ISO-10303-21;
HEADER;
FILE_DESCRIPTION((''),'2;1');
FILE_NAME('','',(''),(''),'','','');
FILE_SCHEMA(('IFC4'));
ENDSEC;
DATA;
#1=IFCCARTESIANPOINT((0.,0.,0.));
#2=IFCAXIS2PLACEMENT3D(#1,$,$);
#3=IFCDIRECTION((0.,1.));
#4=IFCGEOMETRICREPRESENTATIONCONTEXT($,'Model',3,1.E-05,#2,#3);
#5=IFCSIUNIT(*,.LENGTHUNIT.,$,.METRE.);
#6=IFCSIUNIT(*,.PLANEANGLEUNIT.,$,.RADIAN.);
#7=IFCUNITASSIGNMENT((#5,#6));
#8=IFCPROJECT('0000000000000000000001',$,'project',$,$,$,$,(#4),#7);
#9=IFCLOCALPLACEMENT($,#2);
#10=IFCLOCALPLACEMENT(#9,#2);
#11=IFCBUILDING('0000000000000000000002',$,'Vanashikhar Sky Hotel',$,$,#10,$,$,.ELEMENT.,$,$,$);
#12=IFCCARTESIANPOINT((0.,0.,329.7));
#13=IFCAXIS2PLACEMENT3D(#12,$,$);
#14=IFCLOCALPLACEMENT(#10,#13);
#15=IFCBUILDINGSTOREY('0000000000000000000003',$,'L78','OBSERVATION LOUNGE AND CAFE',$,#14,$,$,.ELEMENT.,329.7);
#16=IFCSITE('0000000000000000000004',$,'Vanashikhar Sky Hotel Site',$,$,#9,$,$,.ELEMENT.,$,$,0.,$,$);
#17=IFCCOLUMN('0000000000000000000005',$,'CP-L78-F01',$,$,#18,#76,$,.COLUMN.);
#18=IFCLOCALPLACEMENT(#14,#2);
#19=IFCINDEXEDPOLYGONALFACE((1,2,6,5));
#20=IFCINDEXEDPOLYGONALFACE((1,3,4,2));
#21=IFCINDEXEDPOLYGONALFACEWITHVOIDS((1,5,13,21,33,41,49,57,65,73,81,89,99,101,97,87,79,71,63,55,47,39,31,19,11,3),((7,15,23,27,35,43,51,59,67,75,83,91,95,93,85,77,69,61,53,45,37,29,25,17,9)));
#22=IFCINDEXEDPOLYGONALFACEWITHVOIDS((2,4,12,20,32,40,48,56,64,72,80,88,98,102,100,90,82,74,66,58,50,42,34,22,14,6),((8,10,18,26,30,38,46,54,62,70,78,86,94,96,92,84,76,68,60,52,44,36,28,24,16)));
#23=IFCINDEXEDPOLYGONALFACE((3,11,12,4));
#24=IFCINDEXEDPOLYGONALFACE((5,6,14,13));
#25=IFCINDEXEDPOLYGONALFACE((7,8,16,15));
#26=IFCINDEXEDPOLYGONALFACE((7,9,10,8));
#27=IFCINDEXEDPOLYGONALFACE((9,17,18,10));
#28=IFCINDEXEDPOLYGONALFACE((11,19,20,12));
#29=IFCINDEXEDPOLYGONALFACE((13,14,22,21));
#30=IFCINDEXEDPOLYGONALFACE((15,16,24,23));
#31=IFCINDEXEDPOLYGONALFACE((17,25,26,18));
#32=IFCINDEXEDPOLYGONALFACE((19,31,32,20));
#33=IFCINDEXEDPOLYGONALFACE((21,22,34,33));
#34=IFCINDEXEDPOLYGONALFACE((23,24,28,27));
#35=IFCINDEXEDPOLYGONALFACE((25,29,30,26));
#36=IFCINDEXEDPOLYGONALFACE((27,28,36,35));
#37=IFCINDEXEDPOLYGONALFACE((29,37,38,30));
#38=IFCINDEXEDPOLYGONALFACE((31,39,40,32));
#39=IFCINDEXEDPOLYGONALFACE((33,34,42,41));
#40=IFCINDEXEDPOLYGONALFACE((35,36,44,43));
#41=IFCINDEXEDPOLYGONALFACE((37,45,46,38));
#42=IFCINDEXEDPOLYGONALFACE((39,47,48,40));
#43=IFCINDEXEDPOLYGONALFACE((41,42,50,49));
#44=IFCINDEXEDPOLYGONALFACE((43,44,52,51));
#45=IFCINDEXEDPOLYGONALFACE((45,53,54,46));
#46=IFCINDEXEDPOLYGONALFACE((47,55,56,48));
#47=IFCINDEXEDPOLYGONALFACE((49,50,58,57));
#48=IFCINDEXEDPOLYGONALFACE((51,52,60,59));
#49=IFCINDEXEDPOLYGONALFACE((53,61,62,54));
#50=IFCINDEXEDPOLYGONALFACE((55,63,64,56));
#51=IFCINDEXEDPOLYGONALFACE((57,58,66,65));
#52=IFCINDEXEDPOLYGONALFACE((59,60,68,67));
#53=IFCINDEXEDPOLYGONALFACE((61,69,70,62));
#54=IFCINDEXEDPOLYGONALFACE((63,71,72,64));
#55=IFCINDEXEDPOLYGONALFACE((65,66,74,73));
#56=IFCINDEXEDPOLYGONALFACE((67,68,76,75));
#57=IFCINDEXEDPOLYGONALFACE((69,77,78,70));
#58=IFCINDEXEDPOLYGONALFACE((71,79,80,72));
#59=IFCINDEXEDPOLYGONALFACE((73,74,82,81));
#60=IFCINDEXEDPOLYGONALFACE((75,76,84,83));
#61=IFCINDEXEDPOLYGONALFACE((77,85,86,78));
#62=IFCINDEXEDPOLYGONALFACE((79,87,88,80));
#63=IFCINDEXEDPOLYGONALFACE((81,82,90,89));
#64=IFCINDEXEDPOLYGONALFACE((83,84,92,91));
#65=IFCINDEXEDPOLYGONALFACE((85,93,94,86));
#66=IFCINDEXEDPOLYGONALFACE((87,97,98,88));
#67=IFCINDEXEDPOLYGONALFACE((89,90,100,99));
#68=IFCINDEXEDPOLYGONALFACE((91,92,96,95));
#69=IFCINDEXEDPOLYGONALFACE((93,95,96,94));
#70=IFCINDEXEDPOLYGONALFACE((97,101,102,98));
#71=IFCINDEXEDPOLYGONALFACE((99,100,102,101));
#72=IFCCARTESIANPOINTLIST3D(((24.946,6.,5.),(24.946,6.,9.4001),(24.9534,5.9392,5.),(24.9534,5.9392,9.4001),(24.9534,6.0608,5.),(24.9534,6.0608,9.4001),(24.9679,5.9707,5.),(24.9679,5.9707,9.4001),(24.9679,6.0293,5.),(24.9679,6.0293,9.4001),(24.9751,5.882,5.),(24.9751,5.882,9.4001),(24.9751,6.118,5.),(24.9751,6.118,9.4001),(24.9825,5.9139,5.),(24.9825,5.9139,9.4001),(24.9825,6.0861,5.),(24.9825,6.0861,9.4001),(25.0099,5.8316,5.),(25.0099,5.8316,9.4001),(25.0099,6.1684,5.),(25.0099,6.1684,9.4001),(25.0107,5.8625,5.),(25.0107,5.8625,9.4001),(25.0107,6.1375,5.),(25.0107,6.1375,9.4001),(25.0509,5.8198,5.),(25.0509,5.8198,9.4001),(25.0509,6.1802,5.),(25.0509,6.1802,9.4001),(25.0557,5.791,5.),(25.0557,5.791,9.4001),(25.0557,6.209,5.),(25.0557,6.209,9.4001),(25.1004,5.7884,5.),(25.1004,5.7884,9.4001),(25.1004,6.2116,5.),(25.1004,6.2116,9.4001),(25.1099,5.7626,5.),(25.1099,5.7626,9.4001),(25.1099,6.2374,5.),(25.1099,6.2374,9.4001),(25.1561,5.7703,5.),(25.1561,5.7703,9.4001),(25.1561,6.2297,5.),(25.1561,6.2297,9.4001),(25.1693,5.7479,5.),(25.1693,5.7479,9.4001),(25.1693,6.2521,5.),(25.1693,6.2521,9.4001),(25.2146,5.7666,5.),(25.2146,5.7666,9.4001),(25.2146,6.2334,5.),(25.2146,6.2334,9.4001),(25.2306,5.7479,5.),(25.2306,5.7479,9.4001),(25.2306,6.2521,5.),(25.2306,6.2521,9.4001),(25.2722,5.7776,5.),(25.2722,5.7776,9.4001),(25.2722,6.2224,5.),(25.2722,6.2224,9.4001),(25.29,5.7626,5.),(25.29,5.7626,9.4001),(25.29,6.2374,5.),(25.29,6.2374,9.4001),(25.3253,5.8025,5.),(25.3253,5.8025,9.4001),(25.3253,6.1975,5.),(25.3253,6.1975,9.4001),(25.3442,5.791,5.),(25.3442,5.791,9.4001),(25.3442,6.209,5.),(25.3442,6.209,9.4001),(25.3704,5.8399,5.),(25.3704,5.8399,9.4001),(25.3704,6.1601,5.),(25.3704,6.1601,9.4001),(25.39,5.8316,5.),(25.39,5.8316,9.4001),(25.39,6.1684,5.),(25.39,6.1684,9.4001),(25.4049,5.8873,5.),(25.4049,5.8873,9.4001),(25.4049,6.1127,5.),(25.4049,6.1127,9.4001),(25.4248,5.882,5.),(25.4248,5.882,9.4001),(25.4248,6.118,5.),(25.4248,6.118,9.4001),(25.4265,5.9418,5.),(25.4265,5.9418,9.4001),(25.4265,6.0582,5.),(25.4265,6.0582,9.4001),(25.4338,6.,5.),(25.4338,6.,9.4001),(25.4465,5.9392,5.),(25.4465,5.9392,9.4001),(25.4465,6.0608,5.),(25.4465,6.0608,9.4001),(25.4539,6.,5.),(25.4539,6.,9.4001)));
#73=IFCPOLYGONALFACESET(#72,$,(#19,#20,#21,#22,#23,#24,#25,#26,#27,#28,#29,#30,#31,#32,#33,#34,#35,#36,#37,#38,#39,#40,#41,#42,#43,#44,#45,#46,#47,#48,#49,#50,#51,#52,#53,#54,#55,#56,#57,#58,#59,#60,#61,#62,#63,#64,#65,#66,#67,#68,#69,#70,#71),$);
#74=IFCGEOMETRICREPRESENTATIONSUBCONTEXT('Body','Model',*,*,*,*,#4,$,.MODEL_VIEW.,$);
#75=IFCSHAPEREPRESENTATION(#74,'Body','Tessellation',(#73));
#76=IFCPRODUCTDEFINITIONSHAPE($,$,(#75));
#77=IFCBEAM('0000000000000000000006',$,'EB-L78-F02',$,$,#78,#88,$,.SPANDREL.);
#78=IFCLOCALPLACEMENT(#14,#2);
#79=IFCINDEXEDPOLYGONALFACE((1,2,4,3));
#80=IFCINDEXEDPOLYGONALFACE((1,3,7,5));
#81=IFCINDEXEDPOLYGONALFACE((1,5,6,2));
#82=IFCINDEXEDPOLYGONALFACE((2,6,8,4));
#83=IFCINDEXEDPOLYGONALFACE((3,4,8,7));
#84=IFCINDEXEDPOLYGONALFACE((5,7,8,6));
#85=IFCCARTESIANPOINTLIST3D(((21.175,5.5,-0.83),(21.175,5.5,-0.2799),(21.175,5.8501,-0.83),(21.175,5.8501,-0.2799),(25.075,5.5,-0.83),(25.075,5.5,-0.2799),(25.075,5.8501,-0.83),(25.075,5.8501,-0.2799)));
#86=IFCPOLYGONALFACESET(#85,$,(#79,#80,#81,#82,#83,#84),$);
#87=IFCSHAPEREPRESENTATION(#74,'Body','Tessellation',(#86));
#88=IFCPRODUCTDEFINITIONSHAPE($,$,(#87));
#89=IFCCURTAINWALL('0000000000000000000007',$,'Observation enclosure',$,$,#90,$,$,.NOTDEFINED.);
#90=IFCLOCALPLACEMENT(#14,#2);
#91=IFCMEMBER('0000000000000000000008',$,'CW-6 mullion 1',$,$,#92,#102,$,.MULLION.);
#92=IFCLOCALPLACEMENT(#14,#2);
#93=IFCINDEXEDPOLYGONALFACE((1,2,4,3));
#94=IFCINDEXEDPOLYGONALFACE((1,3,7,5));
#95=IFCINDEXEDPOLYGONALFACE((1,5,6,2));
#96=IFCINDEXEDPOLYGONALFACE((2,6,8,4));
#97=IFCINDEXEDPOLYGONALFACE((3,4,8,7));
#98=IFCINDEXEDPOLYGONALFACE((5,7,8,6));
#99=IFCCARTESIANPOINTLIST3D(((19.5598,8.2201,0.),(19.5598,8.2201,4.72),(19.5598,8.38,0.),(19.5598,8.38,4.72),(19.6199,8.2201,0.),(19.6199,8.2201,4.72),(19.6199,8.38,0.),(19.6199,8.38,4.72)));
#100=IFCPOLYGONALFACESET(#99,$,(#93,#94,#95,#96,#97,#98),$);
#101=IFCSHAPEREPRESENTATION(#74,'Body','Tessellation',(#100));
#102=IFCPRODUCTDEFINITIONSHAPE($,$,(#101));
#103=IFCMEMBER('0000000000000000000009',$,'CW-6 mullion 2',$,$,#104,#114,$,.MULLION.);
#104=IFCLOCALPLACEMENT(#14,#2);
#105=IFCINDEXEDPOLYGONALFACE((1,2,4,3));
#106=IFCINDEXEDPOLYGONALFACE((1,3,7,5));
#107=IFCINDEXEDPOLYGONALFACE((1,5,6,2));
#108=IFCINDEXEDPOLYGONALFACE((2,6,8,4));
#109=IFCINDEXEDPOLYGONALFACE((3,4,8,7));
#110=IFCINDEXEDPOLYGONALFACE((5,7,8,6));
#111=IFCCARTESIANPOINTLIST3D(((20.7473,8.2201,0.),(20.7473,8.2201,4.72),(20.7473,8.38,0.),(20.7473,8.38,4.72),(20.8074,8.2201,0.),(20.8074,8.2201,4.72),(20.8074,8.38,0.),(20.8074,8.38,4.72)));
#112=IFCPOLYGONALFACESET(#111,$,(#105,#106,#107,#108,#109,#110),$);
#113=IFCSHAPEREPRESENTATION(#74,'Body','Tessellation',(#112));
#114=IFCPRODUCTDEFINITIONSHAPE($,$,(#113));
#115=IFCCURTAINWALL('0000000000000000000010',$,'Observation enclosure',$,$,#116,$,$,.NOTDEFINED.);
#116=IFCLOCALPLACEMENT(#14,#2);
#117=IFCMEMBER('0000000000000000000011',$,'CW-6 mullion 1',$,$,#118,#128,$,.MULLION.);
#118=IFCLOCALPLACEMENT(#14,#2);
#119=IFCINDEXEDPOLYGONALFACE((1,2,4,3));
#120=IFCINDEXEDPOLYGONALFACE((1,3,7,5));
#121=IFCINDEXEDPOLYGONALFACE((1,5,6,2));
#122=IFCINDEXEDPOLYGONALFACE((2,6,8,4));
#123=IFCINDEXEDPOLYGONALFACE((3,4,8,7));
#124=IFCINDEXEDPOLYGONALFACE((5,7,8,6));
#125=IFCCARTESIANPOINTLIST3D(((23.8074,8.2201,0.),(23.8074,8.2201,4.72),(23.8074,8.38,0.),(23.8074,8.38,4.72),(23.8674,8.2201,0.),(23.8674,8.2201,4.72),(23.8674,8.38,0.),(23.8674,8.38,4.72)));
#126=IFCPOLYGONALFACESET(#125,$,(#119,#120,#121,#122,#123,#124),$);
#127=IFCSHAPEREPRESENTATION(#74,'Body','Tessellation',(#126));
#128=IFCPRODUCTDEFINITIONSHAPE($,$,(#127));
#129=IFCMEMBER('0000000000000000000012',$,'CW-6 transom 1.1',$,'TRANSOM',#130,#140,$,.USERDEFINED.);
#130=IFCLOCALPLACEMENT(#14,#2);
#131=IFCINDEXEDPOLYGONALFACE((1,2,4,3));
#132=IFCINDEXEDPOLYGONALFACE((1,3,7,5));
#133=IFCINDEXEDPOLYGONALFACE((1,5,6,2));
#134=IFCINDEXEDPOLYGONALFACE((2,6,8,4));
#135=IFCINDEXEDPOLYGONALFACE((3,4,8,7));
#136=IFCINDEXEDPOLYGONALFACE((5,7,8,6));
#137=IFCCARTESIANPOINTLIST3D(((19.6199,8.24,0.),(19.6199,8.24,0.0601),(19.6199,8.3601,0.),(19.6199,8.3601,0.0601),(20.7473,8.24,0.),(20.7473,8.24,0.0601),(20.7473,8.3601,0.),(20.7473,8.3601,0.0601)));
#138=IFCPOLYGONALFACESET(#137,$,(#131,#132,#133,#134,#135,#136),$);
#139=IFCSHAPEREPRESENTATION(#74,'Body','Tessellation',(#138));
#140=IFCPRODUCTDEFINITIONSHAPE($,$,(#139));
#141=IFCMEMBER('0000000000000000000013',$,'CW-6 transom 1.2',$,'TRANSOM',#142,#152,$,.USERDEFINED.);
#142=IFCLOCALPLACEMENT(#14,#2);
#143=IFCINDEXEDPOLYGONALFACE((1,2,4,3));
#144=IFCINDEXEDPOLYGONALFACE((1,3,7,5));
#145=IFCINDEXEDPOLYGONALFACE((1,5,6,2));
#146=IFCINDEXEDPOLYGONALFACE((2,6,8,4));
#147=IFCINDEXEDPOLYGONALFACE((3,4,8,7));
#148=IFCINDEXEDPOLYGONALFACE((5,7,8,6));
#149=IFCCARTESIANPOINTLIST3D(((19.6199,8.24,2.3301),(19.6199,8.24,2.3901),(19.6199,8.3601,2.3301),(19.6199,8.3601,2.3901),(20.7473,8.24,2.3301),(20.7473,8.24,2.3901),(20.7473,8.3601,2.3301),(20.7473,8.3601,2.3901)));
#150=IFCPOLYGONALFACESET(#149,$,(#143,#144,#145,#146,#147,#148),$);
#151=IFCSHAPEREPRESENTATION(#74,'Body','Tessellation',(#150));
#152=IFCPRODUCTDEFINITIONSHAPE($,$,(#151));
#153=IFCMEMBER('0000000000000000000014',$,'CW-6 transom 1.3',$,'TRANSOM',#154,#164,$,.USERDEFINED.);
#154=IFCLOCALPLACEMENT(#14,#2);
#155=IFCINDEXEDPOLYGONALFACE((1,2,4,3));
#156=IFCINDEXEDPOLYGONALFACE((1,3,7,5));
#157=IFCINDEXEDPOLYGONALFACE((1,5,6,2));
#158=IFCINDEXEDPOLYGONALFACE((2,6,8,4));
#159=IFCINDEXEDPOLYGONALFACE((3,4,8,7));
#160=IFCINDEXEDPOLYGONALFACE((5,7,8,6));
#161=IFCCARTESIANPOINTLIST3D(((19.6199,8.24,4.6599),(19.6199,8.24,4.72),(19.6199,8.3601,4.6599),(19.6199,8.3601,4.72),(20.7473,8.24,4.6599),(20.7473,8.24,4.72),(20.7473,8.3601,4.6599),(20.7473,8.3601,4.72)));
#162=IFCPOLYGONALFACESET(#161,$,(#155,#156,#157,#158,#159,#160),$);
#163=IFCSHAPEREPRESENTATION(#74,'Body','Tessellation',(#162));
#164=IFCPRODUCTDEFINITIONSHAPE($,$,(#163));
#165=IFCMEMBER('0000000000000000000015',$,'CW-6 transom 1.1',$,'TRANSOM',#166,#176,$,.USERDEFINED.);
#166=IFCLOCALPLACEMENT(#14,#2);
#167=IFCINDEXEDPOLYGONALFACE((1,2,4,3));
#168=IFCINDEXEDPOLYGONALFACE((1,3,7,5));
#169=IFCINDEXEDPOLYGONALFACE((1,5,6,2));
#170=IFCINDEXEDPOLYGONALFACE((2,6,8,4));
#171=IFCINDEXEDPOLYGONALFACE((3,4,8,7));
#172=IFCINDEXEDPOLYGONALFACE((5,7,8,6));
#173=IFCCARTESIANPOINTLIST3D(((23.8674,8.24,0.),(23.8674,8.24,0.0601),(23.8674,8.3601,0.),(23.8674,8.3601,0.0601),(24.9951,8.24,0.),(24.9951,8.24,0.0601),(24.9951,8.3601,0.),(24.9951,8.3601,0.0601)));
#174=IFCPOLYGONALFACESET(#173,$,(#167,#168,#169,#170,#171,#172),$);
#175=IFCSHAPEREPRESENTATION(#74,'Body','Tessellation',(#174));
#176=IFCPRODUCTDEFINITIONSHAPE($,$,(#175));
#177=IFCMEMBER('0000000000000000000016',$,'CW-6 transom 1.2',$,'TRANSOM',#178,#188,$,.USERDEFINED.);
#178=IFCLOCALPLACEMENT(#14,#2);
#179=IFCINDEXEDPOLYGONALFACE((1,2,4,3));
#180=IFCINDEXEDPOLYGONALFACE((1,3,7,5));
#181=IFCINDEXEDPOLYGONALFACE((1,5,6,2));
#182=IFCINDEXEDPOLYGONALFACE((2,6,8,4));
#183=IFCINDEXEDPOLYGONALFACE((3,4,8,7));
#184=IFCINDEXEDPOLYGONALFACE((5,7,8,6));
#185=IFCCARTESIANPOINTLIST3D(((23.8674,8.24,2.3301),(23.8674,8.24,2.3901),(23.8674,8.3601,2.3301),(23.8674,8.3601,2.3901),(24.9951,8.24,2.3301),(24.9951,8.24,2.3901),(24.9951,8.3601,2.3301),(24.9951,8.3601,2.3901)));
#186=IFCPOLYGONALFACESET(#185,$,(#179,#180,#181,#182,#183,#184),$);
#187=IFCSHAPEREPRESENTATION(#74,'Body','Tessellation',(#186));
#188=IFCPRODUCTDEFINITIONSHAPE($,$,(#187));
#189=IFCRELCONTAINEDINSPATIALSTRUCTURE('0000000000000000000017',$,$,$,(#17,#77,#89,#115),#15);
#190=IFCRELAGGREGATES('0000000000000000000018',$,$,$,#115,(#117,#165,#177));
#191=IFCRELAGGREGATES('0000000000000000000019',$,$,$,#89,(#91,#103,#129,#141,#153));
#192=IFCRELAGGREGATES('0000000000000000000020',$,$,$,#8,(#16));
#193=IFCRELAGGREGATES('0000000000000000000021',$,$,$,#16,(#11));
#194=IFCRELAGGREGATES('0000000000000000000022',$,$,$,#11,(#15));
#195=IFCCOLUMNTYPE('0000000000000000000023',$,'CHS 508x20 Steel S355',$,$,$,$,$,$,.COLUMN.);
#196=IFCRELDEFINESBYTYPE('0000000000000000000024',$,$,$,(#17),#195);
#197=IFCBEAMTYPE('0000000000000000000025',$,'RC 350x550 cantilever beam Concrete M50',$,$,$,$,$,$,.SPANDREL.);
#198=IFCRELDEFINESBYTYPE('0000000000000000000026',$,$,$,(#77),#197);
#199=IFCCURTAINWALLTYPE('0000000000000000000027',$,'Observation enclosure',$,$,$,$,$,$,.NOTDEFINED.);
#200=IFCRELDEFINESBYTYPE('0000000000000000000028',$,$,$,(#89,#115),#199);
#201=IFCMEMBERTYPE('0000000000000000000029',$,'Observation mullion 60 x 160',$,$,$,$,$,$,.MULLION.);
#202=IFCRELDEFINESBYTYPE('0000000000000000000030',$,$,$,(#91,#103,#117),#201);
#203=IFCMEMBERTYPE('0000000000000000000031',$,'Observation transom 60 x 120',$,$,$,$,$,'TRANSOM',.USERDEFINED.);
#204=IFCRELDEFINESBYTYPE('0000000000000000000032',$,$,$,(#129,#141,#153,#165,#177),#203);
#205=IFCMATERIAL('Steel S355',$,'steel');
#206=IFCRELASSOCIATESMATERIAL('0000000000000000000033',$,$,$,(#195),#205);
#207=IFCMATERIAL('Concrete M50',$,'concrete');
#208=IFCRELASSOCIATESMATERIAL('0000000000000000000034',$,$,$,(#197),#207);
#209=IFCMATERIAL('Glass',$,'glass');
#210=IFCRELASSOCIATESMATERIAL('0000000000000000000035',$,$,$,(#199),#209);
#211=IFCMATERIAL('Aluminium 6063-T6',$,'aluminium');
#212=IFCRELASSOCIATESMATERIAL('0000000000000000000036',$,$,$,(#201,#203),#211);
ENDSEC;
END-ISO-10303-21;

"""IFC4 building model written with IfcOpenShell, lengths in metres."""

from ifc_helpers import new_model, si_unit, direction, frame, origin, origin_2d, place, context, subcontext, project, spatial, rectangle, hollow_circle, extrude, source, transform, mapped, material, material_profile, profile_set, type_object, element, aggregate, save


model = new_model("IFC4")

# Units and contexts
model_context = context("Model", 3, precision=1e-05, world=origin(), true_north=direction((0.0, 1.0)))
body_context = subcontext(model_context, "Body", "Model", "MODEL_VIEW")
ifc_project = project(units=[si_unit("LENGTHUNIT", "METRE"), si_unit("PLANEANGLEUNIT", "RADIAN")], contexts=[model_context])

# Site, building, storey
site_placement = place(None, origin())
site = spatial("IfcSite", under=ifc_project, at=site_placement, Name="Vanashikhar Sky Hotel Site", CompositionType="ELEMENT", RefElevation=0.0)
building_placement = place(site_placement, origin())
building = spatial("IfcBuilding", under=site, at=building_placement, Name="Vanashikhar Sky Hotel", CompositionType="ELEMENT")
storey_placement = place(building_placement, frame((0.0, 0.0, 329.7)))
storey = spatial("IfcBuildingStorey", under=building, at=storey_placement, Name="L78", Description="OBSERVATION LOUNGE AND CAFE", CompositionType="ELEMENT", Elevation=329.7)

# Column
ifc_material_1 = material(Name="Steel S355", Category="steel")
ifc_material_profile_1 = material_profile(ifc_material_1, hollow_circle(Radius=0.2539, WallThickness=0.02, at=origin_2d()))
ifc_profile_set_1 = profile_set([ifc_material_profile_1], Name="CHS 508x20 Steel S355")
column_type = type_object("IfcColumnType", Name="CHS 508x20 Steel S355", PredefinedType="COLUMN", material=ifc_profile_set_1)
shared_shape_1 = source(origin(), body_context, "Body", "SweptSolid", [
    extrude(hollow_circle(Radius=0.2539, WallThickness=0.02, at=origin_2d()), origin(), (0.0, 0.0, 1.0), 4.4001),
])
column_placement = place(storey_placement, frame((25.2, 6.0, 5.0), z_axis=(0.0, 0.0, 1.0), x_axis=(1.0, 0.0, 0.0)))
element("IfcColumn", 1, at=column_placement, inside=storey, type_object=column_type, Name="CP-L78-F01", PredefinedType="COLUMN", context=body_context, shape_type="MappedRepresentation", body=[
    mapped(shared_shape_1, transform((0.0, 0.0, 0.0), scale=1.0)),
])

# Beam
ifc_material_2 = material(Name="Concrete M50", Category="concrete")
ifc_material_profile_2 = material_profile(ifc_material_2, rectangle(XDim=0.3501, YDim=0.55, at=origin_2d()))
ifc_profile_set_2 = profile_set([ifc_material_profile_2], Name="RC 350x550 cantilever beam Concrete M50")
beam_type = type_object("IfcBeamType", Name="RC 350x550 cantilever beam Concrete M50", PredefinedType="SPANDREL", material=ifc_profile_set_2)
shared_shape_2 = source(origin(), body_context, "Body", "SweptSolid", [
    extrude(rectangle(XDim=0.3501, YDim=0.55, at=origin_2d()), origin(), (0.0, 0.0, 1.0), 3.8999),
])
beam_placement = place(storey_placement, frame((21.175, 5.675, -0.5549), z_axis=(1.0, 0.0, 0.0), x_axis=(0.0, 1.0, 0.0)))
element("IfcBeam", 2, at=beam_placement, inside=storey, type_object=beam_type, Name="EB-L78-F02", PredefinedType="SPANDREL", context=body_context, shape_type="MappedRepresentation", body=[
    mapped(shared_shape_2, transform((0.0, 0.0, 0.0), scale=1.0)),
])

# Curtain wall, members
ifc_material_3 = material(Name="Glass", Category="glass")
curtain_wall_type = type_object("IfcCurtainWallType", Name="Observation enclosure", PredefinedType="NOTDEFINED", material=ifc_material_3)
curtain_wall_1_placement = place(storey_placement, origin())
curtain_wall_1 = element("IfcCurtainWall", 3, at=curtain_wall_1_placement, inside=storey, type_object=curtain_wall_type, Name="Observation enclosure", PredefinedType="NOTDEFINED")
ifc_material_4 = material(Name="Aluminium 6063-T6", Category="aluminium")
ifc_material_profile_3 = material_profile(ifc_material_4, rectangle(XDim=0.1599, YDim=0.0601, at=origin_2d()))
ifc_profile_set_3 = profile_set([ifc_material_profile_3], Name="Aluminium 6063-T6")
member_type_1 = type_object("IfcMemberType", Name="Observation mullion 60 x 160", PredefinedType="MULLION", material=ifc_profile_set_3)
shared_shape_3 = source(origin(), body_context, "Body", "SweptSolid", [
    extrude(rectangle(XDim=0.1599, YDim=0.0601, at=origin_2d()), origin(), (0.0, 0.0, 1.0), 4.72),
])
member_1_placement = place(storey_placement, frame((19.5898, 8.3, 0.0), z_axis=(0.0, 0.0, 1.0), x_axis=(0.0, 1.0, 0.0)))
member_1 = element("IfcMember", 4, at=member_1_placement, type_object=member_type_1, Name="CW-6 mullion 1", PredefinedType="MULLION", context=body_context, shape_type="MappedRepresentation", body=[
    mapped(shared_shape_3, transform((0.0, 0.0, 0.0), scale=1.0)),
])
member_2_placement = place(storey_placement, frame((20.7773, 8.3, 0.0), z_axis=(0.0, 0.0, 1.0), x_axis=(0.0, 1.0, 0.0)))
member_2 = element("IfcMember", 5, at=member_2_placement, type_object=member_type_1, Name="CW-6 mullion 2", PredefinedType="MULLION", context=body_context, shape_type="MappedRepresentation", body=[
    mapped(shared_shape_3, transform((0.0, 0.0, 0.0), scale=1.0)),
])

# Curtain wall, member
curtain_wall_2_placement = place(storey_placement, origin())
curtain_wall_2 = element("IfcCurtainWall", 6, at=curtain_wall_2_placement, inside=storey, type_object=curtain_wall_type, Name="Observation enclosure", PredefinedType="NOTDEFINED")
member_3_placement = place(storey_placement, frame((23.8374, 8.3, 0.0), z_axis=(0.0, 0.0, 1.0), x_axis=(0.0, 1.0, 0.0)))
member_3 = element("IfcMember", 7, at=member_3_placement, type_object=member_type_1, Name="CW-6 mullion 1", PredefinedType="MULLION", context=body_context, shape_type="MappedRepresentation", body=[
    mapped(shared_shape_3, transform((0.0, 0.0, 0.0), scale=1.0)),
])

# Members
ifc_material_profile_4 = material_profile(ifc_material_4, rectangle(XDim=0.1201, YDim=0.0601, at=origin_2d()))
ifc_profile_set_4 = profile_set([ifc_material_profile_4], Name="Aluminium 6063-T6")
member_type_2 = type_object("IfcMemberType", Name="Observation transom 60 x 120", ElementType="TRANSOM", PredefinedType="USERDEFINED", material=ifc_profile_set_4)
shared_shape_4 = source(origin(), body_context, "Body", "SweptSolid", [
    extrude(rectangle(XDim=0.1201, YDim=0.0601, at=origin_2d()), origin(), (0.0, 0.0, 1.0), 1.1274),
])
member_4_placement = place(storey_placement, frame((19.6199, 8.3, 0.03), z_axis=(1.0, 0.0, 0.0), x_axis=(0.0, 1.0, 0.0)))
member_4 = element("IfcMember", 8, at=member_4_placement, type_object=member_type_2, Name="CW-6 transom 1.1", ObjectType="TRANSOM", PredefinedType="USERDEFINED", context=body_context, shape_type="MappedRepresentation", body=[
    mapped(shared_shape_4, transform((0.0, 0.0, 0.0), scale=1.0)),
])
member_5_placement = place(storey_placement, frame((19.6199, 8.3, 2.3601), z_axis=(1.0, 0.0, 0.0), x_axis=(0.0, 1.0, 0.0)))
member_5 = element("IfcMember", 9, at=member_5_placement, type_object=member_type_2, Name="CW-6 transom 1.2", ObjectType="TRANSOM", PredefinedType="USERDEFINED", context=body_context, shape_type="MappedRepresentation", body=[
    mapped(shared_shape_4, transform((0.0, 0.0, 0.0), scale=1.0)),
])
member_6_placement = place(storey_placement, frame((19.6199, 8.3, 4.6899), z_axis=(1.0, 0.0, 0.0), x_axis=(0.0, 1.0, 0.0)))
member_6 = element("IfcMember", 10, at=member_6_placement, type_object=member_type_2, Name="CW-6 transom 1.3", ObjectType="TRANSOM", PredefinedType="USERDEFINED", context=body_context, shape_type="MappedRepresentation", body=[
    mapped(shared_shape_4, transform((0.0, 0.0, 0.0), scale=1.0)),
])
shared_shape_5 = source(origin(), body_context, "Body", "SweptSolid", [
    extrude(rectangle(XDim=0.1201, YDim=0.0601, at=origin_2d()), origin(), (0.0, 0.0, 1.0), 1.1277),
])
member_7_placement = place(storey_placement, frame((23.8674, 8.3, 0.03), z_axis=(1.0, 0.0, 0.0), x_axis=(0.0, 1.0, 0.0)))
member_7 = element("IfcMember", 11, at=member_7_placement, type_object=member_type_2, Name="CW-6 transom 1.1", ObjectType="TRANSOM", PredefinedType="USERDEFINED", context=body_context, shape_type="MappedRepresentation", body=[
    mapped(shared_shape_5, transform((0.0, 0.0, 0.0), scale=1.0)),
])
member_8_placement = place(storey_placement, frame((23.8674, 8.3, 2.3601), z_axis=(1.0, 0.0, 0.0), x_axis=(0.0, 1.0, 0.0)))
member_8 = element("IfcMember", 12, at=member_8_placement, type_object=member_type_2, Name="CW-6 transom 1.2", ObjectType="TRANSOM", PredefinedType="USERDEFINED", context=body_context, shape_type="MappedRepresentation", body=[
    mapped(shared_shape_5, transform((0.0, 0.0, 0.0), scale=1.0)),
])
aggregate(curtain_wall_2, [member_3, member_7, member_8])

aggregate(curtain_wall_1, [member_1, member_2, member_4, member_5, member_6])

save(model, "model.ifc")
